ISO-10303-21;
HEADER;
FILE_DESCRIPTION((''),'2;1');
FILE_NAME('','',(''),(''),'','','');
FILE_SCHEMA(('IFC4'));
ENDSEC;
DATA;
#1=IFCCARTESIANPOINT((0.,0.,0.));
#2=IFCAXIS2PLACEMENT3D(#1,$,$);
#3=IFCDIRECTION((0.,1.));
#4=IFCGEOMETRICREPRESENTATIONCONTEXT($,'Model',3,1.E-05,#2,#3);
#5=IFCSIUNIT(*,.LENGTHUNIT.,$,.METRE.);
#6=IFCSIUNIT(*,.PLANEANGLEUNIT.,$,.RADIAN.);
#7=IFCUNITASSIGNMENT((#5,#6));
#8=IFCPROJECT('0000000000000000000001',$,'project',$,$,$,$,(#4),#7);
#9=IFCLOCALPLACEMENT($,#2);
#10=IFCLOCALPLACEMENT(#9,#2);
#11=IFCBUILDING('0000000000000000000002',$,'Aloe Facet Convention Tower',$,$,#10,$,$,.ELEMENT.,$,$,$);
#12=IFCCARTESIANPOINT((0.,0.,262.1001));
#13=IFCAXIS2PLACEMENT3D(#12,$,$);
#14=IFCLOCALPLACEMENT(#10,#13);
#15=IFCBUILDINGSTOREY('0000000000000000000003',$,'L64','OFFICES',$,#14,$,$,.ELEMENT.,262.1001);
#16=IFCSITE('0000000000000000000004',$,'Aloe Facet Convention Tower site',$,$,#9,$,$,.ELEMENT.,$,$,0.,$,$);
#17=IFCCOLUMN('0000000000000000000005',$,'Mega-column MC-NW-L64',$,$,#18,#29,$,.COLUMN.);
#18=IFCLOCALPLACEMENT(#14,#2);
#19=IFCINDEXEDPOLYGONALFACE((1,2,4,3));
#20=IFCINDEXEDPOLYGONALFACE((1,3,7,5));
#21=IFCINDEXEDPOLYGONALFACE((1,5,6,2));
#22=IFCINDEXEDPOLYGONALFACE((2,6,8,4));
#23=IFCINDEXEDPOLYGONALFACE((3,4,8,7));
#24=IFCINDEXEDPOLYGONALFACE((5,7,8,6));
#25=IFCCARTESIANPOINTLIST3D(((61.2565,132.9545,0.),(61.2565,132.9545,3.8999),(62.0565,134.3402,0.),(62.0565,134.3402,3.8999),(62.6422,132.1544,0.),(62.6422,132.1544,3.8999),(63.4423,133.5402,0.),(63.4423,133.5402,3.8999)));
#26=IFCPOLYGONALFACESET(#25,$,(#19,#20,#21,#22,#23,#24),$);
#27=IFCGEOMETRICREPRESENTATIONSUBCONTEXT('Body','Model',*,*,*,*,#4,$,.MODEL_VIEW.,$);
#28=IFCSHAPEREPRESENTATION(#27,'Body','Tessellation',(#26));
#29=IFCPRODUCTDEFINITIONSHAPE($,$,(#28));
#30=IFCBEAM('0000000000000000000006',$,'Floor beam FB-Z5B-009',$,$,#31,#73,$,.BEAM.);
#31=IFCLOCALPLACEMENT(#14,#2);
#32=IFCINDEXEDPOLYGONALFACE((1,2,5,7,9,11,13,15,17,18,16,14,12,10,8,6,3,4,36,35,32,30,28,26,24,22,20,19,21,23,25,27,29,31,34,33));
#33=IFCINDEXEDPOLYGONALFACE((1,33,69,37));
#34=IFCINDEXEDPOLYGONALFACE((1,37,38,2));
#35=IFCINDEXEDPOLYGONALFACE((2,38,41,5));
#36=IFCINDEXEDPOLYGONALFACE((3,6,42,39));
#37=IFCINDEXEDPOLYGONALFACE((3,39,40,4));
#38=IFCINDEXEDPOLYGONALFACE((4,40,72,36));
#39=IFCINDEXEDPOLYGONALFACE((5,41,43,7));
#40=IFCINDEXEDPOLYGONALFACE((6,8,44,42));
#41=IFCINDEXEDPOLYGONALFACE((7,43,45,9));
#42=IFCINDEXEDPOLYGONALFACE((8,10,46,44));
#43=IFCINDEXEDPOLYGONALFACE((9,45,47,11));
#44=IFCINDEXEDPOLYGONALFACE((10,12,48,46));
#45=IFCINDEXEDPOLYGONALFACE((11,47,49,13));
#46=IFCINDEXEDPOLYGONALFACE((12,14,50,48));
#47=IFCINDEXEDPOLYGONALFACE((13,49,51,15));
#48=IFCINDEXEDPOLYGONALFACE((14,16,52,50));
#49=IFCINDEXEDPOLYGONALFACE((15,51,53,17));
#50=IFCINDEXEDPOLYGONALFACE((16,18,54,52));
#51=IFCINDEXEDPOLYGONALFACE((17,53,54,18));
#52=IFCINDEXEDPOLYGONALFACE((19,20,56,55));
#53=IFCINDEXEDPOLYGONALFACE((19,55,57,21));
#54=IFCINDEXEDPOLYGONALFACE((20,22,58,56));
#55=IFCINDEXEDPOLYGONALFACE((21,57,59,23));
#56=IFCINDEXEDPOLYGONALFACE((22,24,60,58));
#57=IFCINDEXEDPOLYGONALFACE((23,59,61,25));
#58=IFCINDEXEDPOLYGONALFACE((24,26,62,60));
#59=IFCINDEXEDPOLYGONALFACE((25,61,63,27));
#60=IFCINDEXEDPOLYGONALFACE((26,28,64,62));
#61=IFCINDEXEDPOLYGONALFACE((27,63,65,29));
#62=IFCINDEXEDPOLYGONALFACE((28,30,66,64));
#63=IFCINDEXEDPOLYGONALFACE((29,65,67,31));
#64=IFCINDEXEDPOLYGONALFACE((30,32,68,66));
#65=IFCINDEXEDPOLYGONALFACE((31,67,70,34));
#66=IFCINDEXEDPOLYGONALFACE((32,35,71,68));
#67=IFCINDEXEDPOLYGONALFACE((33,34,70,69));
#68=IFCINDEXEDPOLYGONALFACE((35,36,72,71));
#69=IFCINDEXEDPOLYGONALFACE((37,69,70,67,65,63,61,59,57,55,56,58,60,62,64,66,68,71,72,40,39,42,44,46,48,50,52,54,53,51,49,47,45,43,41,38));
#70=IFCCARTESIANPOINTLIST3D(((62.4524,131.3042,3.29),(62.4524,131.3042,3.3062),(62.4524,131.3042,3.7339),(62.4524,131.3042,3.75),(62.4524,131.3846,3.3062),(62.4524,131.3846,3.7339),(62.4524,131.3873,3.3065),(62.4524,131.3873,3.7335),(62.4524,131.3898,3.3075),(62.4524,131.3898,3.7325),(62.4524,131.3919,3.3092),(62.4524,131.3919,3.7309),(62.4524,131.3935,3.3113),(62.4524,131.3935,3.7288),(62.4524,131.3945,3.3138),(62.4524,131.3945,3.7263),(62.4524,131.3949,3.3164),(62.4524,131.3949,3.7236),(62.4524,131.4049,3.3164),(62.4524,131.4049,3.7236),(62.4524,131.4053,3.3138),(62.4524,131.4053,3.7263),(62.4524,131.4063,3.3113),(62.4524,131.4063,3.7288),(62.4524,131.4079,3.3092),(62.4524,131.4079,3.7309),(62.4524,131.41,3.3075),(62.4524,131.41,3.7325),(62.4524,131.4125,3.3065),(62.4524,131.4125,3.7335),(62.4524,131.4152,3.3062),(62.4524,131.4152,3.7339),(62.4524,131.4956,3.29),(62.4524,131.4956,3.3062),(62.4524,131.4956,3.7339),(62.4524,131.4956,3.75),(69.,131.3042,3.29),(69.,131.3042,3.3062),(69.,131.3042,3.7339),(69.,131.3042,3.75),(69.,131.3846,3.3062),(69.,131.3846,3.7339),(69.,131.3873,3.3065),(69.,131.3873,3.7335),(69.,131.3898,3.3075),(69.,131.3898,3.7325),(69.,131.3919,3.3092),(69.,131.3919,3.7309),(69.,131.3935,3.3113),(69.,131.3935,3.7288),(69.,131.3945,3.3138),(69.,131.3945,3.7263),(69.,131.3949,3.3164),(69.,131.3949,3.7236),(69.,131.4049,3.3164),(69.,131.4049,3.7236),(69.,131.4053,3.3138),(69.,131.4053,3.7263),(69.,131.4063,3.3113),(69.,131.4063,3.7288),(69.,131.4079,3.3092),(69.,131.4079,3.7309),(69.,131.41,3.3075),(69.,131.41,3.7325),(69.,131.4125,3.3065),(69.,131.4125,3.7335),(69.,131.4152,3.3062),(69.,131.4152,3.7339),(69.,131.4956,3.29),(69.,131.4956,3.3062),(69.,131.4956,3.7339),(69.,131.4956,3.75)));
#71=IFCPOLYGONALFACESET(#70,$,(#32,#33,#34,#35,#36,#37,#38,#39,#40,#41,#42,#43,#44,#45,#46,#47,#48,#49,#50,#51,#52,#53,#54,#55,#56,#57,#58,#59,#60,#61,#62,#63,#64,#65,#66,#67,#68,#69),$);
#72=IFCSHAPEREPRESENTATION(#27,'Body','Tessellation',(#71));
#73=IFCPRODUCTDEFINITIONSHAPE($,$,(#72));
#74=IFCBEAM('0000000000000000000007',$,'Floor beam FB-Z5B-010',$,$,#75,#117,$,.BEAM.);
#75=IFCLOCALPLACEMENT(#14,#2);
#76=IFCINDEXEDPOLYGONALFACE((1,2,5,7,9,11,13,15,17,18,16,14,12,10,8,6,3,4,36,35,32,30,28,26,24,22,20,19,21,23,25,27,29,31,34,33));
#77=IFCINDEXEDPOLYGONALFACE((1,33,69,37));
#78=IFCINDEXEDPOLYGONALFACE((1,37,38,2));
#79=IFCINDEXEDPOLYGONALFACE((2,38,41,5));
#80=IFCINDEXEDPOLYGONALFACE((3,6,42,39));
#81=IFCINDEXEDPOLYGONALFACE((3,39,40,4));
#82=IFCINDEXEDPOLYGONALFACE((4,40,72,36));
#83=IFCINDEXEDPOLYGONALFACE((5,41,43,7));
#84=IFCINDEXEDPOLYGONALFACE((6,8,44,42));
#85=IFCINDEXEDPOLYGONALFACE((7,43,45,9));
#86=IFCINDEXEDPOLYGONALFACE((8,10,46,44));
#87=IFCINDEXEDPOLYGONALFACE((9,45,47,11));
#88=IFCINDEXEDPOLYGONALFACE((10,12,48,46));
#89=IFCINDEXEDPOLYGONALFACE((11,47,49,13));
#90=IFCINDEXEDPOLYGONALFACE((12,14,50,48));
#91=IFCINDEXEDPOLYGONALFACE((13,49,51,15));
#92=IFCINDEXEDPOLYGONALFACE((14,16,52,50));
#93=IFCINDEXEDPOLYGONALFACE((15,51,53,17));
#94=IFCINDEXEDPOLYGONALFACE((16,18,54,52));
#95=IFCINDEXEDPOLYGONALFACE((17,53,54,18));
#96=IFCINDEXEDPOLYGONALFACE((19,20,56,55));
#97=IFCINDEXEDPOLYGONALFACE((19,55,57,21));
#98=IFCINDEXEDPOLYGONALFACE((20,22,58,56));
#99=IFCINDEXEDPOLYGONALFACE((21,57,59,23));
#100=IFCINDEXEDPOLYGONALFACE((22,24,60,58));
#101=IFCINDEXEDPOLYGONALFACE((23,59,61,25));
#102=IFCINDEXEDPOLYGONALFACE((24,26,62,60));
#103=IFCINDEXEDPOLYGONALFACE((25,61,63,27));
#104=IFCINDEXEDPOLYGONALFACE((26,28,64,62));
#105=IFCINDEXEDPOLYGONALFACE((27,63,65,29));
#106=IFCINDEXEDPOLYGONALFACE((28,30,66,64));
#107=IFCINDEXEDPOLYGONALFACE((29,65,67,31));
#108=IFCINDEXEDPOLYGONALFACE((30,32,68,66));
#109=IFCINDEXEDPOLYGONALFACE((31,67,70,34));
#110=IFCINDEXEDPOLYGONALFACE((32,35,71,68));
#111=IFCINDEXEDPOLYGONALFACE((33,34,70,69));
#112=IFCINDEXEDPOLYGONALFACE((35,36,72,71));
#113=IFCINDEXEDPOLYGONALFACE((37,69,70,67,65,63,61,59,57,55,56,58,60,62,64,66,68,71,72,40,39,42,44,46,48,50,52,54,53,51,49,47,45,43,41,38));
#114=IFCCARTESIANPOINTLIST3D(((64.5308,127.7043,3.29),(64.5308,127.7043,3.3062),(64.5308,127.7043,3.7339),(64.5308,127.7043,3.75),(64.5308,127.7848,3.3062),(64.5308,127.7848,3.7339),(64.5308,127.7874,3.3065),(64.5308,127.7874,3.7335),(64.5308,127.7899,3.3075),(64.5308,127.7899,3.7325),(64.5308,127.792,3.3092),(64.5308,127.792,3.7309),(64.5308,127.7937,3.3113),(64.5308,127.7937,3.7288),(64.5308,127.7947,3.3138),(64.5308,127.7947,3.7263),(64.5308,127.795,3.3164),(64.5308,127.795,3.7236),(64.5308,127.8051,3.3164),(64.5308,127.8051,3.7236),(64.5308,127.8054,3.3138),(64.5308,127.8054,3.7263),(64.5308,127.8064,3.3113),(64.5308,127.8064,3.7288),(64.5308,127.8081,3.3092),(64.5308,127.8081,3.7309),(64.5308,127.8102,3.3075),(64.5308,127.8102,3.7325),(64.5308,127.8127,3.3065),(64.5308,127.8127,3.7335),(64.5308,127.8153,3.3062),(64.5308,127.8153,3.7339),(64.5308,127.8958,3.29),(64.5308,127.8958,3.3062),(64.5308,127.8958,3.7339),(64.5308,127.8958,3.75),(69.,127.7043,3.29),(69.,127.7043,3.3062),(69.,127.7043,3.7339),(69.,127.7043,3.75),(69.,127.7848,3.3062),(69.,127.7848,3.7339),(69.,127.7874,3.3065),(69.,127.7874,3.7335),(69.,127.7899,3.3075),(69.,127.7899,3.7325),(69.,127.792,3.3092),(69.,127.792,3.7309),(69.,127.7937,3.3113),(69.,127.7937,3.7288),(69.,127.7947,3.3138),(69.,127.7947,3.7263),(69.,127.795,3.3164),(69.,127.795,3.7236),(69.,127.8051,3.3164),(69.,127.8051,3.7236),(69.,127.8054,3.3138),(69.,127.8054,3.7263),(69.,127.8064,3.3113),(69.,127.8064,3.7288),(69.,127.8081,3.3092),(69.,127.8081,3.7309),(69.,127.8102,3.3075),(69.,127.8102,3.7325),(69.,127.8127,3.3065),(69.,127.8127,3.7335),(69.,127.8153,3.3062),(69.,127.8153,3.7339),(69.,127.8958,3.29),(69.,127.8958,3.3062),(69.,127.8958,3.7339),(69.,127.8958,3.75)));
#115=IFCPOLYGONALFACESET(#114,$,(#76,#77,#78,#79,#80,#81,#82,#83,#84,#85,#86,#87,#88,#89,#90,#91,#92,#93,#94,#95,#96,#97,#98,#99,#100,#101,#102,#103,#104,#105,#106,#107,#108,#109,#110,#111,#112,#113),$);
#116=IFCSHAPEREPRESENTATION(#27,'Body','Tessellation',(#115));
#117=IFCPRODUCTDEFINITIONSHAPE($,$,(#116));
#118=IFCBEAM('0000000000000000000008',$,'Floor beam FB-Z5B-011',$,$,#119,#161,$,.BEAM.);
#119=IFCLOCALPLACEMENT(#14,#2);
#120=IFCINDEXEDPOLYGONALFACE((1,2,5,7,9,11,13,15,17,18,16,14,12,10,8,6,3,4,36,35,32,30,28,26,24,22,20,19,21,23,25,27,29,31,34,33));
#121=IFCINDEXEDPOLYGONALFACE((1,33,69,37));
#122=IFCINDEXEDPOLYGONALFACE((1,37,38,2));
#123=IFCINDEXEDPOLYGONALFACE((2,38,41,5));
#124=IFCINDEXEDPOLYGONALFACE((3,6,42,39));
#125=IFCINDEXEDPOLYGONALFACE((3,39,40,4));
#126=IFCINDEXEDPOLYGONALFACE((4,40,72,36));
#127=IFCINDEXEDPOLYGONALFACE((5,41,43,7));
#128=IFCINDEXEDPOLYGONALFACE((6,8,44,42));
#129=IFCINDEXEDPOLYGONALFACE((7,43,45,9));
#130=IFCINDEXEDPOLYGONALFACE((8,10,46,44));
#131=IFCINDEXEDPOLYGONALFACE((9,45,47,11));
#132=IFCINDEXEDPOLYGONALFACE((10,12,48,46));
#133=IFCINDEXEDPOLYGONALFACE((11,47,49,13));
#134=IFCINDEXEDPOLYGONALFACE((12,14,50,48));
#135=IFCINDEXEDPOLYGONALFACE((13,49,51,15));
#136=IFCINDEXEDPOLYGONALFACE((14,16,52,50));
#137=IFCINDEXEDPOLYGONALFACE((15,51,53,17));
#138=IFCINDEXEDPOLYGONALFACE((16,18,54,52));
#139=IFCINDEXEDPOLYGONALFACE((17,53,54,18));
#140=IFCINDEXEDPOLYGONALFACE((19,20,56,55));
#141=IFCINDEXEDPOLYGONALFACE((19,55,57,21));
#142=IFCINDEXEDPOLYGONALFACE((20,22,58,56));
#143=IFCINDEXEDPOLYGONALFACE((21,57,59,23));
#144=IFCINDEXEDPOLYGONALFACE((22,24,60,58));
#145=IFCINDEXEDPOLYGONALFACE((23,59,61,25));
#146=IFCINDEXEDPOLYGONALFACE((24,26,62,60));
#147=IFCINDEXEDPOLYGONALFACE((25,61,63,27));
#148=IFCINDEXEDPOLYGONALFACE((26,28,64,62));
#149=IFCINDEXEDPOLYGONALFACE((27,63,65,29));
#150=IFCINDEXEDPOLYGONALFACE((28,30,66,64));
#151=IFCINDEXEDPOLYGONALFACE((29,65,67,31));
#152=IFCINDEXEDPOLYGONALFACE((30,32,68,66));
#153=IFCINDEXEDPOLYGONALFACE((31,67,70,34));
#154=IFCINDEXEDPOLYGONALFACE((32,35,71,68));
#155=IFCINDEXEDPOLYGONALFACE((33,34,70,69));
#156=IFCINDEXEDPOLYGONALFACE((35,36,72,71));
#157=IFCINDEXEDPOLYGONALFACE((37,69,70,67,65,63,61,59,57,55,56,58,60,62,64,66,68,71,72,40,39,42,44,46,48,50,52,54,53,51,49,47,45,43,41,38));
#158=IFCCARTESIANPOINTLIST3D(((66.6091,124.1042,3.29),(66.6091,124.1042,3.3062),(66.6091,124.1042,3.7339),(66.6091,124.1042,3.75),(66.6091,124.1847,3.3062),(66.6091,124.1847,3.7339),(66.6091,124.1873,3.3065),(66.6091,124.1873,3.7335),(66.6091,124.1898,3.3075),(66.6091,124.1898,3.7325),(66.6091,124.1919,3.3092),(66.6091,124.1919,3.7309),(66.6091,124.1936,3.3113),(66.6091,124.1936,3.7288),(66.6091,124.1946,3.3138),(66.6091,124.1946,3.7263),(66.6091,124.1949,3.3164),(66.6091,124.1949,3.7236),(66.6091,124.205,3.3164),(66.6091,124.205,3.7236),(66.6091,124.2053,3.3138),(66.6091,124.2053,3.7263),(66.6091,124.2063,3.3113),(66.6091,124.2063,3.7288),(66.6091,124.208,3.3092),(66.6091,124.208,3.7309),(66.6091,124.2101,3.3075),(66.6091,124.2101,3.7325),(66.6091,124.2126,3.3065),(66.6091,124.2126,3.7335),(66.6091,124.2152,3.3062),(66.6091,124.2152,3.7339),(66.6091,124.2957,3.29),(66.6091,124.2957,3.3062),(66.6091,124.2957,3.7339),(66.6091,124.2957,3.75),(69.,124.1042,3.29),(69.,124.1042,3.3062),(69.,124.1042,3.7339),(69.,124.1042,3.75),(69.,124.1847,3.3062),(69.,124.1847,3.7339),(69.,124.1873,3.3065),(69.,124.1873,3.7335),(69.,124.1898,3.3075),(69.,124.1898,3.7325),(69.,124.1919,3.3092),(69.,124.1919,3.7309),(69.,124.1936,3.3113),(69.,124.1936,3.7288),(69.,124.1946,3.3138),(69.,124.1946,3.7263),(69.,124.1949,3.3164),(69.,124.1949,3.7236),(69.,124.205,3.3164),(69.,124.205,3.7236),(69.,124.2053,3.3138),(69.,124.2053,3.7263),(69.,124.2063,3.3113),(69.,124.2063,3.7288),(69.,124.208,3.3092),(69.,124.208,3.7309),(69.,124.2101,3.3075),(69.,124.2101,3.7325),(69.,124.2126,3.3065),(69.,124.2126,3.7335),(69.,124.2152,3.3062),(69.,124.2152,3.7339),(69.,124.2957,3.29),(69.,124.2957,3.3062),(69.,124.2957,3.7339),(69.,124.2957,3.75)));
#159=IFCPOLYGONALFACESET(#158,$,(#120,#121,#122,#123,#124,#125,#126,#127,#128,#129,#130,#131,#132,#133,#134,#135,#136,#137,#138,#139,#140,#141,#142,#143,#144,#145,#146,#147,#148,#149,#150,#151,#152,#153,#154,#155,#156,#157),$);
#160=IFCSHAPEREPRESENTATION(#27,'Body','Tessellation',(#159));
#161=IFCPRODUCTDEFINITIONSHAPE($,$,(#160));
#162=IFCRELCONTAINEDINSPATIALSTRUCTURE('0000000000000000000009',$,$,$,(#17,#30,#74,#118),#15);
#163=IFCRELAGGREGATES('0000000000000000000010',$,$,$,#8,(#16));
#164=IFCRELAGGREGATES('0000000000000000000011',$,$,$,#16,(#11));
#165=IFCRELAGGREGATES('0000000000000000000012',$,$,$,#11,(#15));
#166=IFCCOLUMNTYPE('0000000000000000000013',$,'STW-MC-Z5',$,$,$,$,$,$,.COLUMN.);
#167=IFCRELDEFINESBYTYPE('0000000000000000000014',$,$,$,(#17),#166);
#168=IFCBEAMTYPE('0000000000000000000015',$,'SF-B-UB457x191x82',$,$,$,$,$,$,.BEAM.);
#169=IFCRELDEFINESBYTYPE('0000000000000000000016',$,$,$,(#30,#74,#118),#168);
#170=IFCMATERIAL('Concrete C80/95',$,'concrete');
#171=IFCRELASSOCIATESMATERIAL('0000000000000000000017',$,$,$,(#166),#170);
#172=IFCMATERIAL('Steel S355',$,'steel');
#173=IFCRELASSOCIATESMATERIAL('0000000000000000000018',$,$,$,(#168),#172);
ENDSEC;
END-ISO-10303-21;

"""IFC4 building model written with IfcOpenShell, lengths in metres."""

from ifc_helpers import new_model, si_unit, direction, frame, origin, origin_2d, place, context, subcontext, project, spatial, rectangle, i_section, extrude, material, material_profile, profile_set, type_object, element, save


model = new_model("IFC4")

# Units and contexts
model_context = context("Model", 3, precision=1e-05, world=origin(), true_north=direction((0.0, 1.0)))
body_context = subcontext(model_context, "Body", "Model", "MODEL_VIEW")
ifc_project = project(units=[si_unit("LENGTHUNIT", "METRE"), si_unit("PLANEANGLEUNIT", "RADIAN")], contexts=[model_context])

# Site, building, storey
site_placement = place(None, origin())
site = spatial("IfcSite", under=ifc_project, at=site_placement, Name="Aloe Facet Convention Tower site", CompositionType="ELEMENT", RefElevation=0.0)
building_placement = place(site_placement, origin())
building = spatial("IfcBuilding", under=site, at=building_placement, Name="Aloe Facet Convention Tower", CompositionType="ELEMENT")
storey_placement = place(building_placement, frame((0.0, 0.0, 262.1001)))
storey = spatial("IfcBuildingStorey", under=building, at=storey_placement, Name="L64", Description="OFFICES", CompositionType="ELEMENT", Elevation=262.1001)

# Column
ifc_material_1 = material(Name="Concrete C80/95", Category="concrete")
ifc_material_profile_1 = material_profile(ifc_material_1, rectangle(XDim=1.6001, YDim=1.6001, at=origin_2d()), Name="STW-MC-Z5")
ifc_profile_set_1 = profile_set([ifc_material_profile_1], Name="Concrete C80/95")
column_type = type_object("IfcColumnType", Name="STW-MC-Z5", PredefinedType="COLUMN", material=ifc_profile_set_1)
column_placement = place(storey_placement, frame((62.3494, 133.2473, 0.0), z_axis=(0.0, 0.0, 1.0), x_axis=(-0.5, -0.866025, 0.0)))
element("IfcColumn", 1, at=column_placement, inside=storey, type_object=column_type, Name="Mega-column MC-NW-L64", PredefinedType="COLUMN", context=body_context, shape_type="SweptSolid", body=[
    extrude(rectangle(XDim=1.6001, YDim=1.6001, at=origin_2d()), origin(), (0.0, 0.0, 1.0), 3.8999),
])

# Beams
ifc_material_2 = material(Name="Steel S355", Category="steel")
ifc_material_profile_2 = material_profile(ifc_material_2, i_section(OverallWidth=0.1914, OverallDepth=0.46, WebThickness=0.01, FlangeThickness=0.0161, FilletRadius=0.0103, at=origin_2d()), Name="UB 457x191x82")
ifc_profile_set_2 = profile_set([ifc_material_profile_2], Name="Steel S355")
beam_type_1 = type_object("IfcBeamType", Name="SF-B-UB457x191x82", PredefinedType="BEAM", material=ifc_profile_set_2)
beam_1_placement = place(storey_placement, frame((62.4524, 131.3999, 3.52), z_axis=(1.0, 0.0, 0.0), x_axis=(0.0, 1.0, 0.0)))
element("IfcBeam", 2, at=beam_1_placement, inside=storey, type_object=beam_type_1, Name="Floor beam FB-Z5B-009", PredefinedType="BEAM", context=body_context, shape_type="SweptSolid", body=[
    extrude(i_section(OverallWidth=0.1914, OverallDepth=0.46, WebThickness=0.01, FlangeThickness=0.0161, FilletRadius=0.0103, at=origin_2d()), origin(), (0.0, 0.0, 1.0), 6.5476),
])
beam_2_placement = place(storey_placement, frame((64.5308, 127.8, 3.52), z_axis=(1.0, 0.0, 0.0), x_axis=(0.0, 1.0, 0.0)))
element("IfcBeam", 3, at=beam_2_placement, inside=storey, type_object=beam_type_1, Name="Floor beam FB-Z5B-010", PredefinedType="BEAM", context=body_context, shape_type="SweptSolid", body=[
    extrude(i_section(OverallWidth=0.1914, OverallDepth=0.46, WebThickness=0.01, FlangeThickness=0.0161, FilletRadius=0.0103, at=origin_2d()), origin(), (0.0, 0.0, 1.0), 4.4692),
])
beam_3_placement = place(storey_placement, frame((66.6091, 124.2, 3.52), z_axis=(1.0, 0.0, 0.0), x_axis=(0.0, 1.0, 0.0)))
element("IfcBeam", 4, at=beam_3_placement, inside=storey, type_object=beam_type_1, Name="Floor beam FB-Z5B-011", PredefinedType="BEAM", context=body_context, shape_type="SweptSolid", body=[
    extrude(i_section(OverallWidth=0.1914, OverallDepth=0.46, WebThickness=0.01, FlangeThickness=0.0161, FilletRadius=0.0103, at=origin_2d()), origin(), (0.0, 0.0, 1.0), 2.3909),
])

save(model, "model.ifc")
